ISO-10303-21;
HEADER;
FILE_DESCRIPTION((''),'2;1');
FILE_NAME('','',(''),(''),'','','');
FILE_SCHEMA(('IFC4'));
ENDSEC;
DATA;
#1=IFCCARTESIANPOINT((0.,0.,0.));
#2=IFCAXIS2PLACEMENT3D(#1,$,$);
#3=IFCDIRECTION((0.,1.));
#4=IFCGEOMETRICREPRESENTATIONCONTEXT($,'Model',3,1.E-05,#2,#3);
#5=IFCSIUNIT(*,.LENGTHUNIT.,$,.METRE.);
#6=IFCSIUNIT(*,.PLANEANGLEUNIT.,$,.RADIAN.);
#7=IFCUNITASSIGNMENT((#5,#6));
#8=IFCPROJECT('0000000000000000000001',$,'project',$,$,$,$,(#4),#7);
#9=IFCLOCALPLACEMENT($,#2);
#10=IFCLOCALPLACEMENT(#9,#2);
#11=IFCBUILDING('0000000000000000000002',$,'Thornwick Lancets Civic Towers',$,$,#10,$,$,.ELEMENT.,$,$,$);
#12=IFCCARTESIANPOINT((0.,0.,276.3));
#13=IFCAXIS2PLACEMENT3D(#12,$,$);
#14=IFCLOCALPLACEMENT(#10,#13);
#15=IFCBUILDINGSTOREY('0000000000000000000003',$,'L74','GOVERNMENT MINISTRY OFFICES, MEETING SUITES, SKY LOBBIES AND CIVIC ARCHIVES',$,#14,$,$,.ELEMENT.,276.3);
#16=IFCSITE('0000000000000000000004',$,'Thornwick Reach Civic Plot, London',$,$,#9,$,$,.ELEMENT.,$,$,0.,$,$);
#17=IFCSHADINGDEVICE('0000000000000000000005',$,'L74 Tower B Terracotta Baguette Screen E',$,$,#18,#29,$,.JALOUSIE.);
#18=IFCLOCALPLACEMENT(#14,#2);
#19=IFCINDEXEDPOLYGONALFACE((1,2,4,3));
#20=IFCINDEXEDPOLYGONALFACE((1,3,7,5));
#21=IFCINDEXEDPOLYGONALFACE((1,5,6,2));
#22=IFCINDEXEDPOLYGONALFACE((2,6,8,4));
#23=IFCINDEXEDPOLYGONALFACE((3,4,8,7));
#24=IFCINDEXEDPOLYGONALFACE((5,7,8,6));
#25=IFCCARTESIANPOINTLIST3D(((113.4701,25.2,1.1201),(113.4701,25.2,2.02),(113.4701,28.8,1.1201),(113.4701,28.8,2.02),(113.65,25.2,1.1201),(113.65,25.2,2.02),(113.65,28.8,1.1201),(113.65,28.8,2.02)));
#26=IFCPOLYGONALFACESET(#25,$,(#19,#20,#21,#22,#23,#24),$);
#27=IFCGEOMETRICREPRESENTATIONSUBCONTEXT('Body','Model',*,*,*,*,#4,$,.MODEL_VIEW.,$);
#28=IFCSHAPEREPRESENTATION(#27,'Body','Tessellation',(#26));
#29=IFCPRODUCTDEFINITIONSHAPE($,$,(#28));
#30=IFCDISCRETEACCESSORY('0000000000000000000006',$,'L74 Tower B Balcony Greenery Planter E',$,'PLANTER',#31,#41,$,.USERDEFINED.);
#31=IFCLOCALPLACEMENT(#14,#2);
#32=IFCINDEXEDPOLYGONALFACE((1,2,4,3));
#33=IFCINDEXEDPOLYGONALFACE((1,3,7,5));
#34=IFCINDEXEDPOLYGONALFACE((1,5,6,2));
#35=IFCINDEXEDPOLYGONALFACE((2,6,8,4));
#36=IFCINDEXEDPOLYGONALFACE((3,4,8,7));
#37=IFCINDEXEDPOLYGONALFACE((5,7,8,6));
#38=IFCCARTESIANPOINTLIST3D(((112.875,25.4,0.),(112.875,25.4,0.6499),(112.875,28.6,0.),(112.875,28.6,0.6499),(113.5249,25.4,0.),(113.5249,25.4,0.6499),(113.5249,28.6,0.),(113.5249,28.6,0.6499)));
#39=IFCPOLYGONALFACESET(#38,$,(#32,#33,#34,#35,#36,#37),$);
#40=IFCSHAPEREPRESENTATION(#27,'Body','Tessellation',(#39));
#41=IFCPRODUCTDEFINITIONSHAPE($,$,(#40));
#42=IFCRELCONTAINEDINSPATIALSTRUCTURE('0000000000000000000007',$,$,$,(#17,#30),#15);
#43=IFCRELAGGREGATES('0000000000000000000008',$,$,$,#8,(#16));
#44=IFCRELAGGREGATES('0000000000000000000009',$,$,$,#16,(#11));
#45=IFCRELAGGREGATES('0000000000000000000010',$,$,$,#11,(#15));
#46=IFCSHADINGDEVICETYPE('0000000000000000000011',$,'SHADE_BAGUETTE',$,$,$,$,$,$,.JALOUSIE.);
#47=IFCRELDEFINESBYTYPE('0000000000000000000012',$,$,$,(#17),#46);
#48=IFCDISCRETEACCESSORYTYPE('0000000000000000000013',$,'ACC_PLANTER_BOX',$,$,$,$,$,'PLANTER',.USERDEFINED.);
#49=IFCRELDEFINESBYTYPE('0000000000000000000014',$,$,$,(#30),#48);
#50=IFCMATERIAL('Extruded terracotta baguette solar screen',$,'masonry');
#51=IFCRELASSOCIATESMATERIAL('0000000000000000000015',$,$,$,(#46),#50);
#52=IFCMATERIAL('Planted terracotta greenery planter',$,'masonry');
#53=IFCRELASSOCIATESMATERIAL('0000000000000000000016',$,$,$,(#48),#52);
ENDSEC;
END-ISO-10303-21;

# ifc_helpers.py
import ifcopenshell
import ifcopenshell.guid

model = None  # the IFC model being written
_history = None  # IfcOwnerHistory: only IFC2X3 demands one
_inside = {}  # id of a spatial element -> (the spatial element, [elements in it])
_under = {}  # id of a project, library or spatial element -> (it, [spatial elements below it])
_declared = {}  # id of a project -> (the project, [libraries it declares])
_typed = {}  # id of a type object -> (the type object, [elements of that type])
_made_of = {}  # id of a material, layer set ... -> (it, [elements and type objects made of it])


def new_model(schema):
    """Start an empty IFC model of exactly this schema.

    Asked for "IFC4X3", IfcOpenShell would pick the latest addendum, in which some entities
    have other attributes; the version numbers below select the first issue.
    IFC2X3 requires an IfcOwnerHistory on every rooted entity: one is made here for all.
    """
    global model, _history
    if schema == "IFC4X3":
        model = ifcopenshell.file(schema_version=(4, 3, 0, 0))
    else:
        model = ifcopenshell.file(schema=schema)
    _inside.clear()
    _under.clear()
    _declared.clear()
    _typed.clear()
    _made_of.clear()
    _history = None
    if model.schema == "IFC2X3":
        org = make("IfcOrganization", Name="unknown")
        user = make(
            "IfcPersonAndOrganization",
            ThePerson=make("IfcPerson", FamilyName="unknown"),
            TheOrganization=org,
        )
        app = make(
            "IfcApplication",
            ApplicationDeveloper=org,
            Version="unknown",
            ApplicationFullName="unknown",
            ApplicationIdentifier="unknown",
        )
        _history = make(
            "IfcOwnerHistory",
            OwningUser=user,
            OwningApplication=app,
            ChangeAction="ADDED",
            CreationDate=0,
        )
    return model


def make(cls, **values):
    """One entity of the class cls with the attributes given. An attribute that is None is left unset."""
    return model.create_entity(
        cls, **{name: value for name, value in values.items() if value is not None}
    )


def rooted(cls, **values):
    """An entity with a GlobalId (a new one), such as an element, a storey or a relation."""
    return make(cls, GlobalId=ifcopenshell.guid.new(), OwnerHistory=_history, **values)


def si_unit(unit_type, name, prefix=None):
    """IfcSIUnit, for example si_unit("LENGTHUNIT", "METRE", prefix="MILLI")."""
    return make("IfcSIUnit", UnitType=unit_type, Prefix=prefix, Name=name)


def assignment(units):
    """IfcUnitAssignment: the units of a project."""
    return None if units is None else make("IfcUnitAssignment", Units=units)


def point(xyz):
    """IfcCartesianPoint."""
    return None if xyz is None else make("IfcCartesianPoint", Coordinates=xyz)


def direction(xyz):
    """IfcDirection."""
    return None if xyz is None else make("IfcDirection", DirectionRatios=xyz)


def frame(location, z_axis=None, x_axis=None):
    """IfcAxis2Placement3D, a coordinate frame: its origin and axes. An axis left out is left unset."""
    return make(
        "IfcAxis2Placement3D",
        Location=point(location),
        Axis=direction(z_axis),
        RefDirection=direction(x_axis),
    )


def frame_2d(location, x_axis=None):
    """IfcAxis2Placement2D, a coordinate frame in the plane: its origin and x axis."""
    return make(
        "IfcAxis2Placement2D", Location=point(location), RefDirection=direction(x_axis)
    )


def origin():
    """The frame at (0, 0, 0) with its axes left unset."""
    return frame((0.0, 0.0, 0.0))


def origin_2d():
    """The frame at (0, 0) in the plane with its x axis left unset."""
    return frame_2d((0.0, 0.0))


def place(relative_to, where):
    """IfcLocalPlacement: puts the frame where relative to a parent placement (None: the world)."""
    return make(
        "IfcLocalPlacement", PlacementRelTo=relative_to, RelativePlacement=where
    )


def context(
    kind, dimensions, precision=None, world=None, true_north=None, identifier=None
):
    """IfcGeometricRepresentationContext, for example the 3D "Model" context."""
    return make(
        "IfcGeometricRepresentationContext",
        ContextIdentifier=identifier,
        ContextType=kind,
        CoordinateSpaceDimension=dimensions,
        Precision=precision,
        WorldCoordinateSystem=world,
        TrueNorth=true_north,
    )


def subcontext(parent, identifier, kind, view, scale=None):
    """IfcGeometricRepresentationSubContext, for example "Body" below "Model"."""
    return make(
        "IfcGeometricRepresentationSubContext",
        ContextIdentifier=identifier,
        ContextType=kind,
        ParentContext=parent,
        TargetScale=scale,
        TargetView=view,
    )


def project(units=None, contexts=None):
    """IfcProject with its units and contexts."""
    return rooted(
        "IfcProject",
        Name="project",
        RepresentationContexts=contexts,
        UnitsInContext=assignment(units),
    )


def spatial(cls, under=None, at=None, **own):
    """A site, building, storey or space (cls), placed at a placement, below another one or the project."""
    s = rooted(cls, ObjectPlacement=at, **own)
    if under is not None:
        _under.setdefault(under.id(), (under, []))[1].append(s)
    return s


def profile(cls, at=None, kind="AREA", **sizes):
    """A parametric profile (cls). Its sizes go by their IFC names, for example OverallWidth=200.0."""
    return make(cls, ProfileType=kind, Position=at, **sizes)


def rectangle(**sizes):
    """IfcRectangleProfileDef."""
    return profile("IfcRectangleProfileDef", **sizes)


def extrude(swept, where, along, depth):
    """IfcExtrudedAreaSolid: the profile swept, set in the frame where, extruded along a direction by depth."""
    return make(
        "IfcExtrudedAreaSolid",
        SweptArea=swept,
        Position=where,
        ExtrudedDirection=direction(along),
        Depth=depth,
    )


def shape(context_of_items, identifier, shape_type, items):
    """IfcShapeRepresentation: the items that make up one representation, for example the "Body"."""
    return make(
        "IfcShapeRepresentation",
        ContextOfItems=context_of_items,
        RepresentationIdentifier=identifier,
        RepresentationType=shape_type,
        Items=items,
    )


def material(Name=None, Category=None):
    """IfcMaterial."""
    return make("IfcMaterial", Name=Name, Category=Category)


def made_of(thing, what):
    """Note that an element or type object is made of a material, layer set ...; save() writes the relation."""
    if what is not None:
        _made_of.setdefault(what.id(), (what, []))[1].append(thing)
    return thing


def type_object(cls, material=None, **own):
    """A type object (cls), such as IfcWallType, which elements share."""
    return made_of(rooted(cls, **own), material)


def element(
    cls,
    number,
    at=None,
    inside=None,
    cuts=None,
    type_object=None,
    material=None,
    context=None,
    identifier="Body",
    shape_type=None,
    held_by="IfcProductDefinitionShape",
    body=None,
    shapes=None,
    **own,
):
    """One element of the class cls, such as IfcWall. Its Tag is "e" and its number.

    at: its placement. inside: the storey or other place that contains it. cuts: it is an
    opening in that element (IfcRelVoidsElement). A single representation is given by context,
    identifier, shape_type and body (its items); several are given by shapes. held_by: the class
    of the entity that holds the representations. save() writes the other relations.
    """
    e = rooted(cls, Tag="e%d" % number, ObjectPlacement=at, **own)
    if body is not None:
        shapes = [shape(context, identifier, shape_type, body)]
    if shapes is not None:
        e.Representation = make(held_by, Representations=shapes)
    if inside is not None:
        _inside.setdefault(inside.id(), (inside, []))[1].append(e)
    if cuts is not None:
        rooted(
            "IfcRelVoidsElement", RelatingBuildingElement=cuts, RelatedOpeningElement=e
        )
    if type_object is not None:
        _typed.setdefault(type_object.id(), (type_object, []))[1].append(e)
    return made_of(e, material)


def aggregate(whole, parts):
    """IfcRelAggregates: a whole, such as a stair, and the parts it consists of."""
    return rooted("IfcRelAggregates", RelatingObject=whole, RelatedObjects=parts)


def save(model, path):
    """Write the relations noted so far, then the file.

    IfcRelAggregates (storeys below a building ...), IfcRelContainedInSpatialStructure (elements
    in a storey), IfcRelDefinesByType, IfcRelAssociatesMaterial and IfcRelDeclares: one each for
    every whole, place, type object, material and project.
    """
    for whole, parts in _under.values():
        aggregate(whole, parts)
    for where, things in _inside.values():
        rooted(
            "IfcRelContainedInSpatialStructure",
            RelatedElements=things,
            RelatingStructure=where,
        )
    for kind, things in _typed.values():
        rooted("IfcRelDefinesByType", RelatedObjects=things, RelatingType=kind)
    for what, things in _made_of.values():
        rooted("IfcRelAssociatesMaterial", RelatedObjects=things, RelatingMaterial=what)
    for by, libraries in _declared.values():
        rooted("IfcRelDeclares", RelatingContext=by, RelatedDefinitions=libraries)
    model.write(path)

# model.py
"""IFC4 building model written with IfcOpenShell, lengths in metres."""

from ifc_helpers import new_model, si_unit, direction, frame, origin, origin_2d, place, context, subcontext, project, spatial, rectangle, extrude, material, type_object, element, save


model = new_model("IFC4")

# Units and contexts
model_context = context("Model", 3, precision=1e-05, world=origin(), true_north=direction((0.0, 1.0)))
body_context = subcontext(model_context, "Body", "Model", "MODEL_VIEW")
ifc_project = project(units=[si_unit("LENGTHUNIT", "METRE"), si_unit("PLANEANGLEUNIT", "RADIAN")], contexts=[model_context])

# Site, building, storey
site_placement = place(None, origin())
site = spatial("IfcSite", under=ifc_project, at=site_placement, Name="Thornwick Reach Civic Plot, London", CompositionType="ELEMENT", RefElevation=0.0)
building_placement = place(site_placement, origin())
building = spatial("IfcBuilding", under=site, at=building_placement, Name="Thornwick Lancets Civic Towers", CompositionType="ELEMENT")
storey_placement = place(building_placement, frame((0.0, 0.0, 276.3)))
storey = spatial("IfcBuildingStorey", under=building, at=storey_placement, Name="L74", Description="GOVERNMENT MINISTRY OFFICES, MEETING SUITES, SKY LOBBIES AND CIVIC ARCHIVES", CompositionType="ELEMENT", Elevation=276.3)

# Shading device
ifc_material_1 = material(Name="Extruded terracotta baguette solar screen", Category="masonry")
shading_device_type = type_object("IfcShadingDeviceType", Name="SHADE_BAGUETTE", PredefinedType="JALOUSIE", material=ifc_material_1)
shading_device_placement = place(storey_placement, frame((113.5601, 27.0, 1.1201), z_axis=(0.0, 0.0, 1.0), x_axis=(0.0, 1.0, 0.0)))
element("IfcShadingDevice", 1, at=shading_device_placement, inside=storey, type_object=shading_device_type, Name="L74 Tower B Terracotta Baguette Screen E", PredefinedType="JALOUSIE", context=body_context, shape_type="SweptSolid", body=[
    extrude(rectangle(XDim=3.6001, YDim=0.1799, at=origin_2d()), origin(), (0.0, 0.0, 1.0), 0.8999),
])

# Discrete accessory
ifc_material_2 = material(Name="Planted terracotta greenery planter", Category="masonry")
discrete_accessory_type = type_object("IfcDiscreteAccessoryType", Name="ACC_PLANTER_BOX", ElementType="PLANTER", PredefinedType="USERDEFINED", material=ifc_material_2)
discrete_accessory_placement = place(storey_placement, frame((113.2, 27.0, 0.0), z_axis=(0.0, 0.0, 1.0), x_axis=(1.0, 0.0, 0.0)))
element("IfcDiscreteAccessory", 2, at=discrete_accessory_placement, inside=storey, type_object=discrete_accessory_type, Name="L74 Tower B Balcony Greenery Planter E", ObjectType="PLANTER", PredefinedType="USERDEFINED", context=body_context, shape_type="SweptSolid", body=[
    extrude(rectangle(XDim=0.6499, YDim=3.2, at=origin_2d()), origin(), (0.0, 0.0, 1.0), 0.6499),
])

save(model, "model.ifc")
